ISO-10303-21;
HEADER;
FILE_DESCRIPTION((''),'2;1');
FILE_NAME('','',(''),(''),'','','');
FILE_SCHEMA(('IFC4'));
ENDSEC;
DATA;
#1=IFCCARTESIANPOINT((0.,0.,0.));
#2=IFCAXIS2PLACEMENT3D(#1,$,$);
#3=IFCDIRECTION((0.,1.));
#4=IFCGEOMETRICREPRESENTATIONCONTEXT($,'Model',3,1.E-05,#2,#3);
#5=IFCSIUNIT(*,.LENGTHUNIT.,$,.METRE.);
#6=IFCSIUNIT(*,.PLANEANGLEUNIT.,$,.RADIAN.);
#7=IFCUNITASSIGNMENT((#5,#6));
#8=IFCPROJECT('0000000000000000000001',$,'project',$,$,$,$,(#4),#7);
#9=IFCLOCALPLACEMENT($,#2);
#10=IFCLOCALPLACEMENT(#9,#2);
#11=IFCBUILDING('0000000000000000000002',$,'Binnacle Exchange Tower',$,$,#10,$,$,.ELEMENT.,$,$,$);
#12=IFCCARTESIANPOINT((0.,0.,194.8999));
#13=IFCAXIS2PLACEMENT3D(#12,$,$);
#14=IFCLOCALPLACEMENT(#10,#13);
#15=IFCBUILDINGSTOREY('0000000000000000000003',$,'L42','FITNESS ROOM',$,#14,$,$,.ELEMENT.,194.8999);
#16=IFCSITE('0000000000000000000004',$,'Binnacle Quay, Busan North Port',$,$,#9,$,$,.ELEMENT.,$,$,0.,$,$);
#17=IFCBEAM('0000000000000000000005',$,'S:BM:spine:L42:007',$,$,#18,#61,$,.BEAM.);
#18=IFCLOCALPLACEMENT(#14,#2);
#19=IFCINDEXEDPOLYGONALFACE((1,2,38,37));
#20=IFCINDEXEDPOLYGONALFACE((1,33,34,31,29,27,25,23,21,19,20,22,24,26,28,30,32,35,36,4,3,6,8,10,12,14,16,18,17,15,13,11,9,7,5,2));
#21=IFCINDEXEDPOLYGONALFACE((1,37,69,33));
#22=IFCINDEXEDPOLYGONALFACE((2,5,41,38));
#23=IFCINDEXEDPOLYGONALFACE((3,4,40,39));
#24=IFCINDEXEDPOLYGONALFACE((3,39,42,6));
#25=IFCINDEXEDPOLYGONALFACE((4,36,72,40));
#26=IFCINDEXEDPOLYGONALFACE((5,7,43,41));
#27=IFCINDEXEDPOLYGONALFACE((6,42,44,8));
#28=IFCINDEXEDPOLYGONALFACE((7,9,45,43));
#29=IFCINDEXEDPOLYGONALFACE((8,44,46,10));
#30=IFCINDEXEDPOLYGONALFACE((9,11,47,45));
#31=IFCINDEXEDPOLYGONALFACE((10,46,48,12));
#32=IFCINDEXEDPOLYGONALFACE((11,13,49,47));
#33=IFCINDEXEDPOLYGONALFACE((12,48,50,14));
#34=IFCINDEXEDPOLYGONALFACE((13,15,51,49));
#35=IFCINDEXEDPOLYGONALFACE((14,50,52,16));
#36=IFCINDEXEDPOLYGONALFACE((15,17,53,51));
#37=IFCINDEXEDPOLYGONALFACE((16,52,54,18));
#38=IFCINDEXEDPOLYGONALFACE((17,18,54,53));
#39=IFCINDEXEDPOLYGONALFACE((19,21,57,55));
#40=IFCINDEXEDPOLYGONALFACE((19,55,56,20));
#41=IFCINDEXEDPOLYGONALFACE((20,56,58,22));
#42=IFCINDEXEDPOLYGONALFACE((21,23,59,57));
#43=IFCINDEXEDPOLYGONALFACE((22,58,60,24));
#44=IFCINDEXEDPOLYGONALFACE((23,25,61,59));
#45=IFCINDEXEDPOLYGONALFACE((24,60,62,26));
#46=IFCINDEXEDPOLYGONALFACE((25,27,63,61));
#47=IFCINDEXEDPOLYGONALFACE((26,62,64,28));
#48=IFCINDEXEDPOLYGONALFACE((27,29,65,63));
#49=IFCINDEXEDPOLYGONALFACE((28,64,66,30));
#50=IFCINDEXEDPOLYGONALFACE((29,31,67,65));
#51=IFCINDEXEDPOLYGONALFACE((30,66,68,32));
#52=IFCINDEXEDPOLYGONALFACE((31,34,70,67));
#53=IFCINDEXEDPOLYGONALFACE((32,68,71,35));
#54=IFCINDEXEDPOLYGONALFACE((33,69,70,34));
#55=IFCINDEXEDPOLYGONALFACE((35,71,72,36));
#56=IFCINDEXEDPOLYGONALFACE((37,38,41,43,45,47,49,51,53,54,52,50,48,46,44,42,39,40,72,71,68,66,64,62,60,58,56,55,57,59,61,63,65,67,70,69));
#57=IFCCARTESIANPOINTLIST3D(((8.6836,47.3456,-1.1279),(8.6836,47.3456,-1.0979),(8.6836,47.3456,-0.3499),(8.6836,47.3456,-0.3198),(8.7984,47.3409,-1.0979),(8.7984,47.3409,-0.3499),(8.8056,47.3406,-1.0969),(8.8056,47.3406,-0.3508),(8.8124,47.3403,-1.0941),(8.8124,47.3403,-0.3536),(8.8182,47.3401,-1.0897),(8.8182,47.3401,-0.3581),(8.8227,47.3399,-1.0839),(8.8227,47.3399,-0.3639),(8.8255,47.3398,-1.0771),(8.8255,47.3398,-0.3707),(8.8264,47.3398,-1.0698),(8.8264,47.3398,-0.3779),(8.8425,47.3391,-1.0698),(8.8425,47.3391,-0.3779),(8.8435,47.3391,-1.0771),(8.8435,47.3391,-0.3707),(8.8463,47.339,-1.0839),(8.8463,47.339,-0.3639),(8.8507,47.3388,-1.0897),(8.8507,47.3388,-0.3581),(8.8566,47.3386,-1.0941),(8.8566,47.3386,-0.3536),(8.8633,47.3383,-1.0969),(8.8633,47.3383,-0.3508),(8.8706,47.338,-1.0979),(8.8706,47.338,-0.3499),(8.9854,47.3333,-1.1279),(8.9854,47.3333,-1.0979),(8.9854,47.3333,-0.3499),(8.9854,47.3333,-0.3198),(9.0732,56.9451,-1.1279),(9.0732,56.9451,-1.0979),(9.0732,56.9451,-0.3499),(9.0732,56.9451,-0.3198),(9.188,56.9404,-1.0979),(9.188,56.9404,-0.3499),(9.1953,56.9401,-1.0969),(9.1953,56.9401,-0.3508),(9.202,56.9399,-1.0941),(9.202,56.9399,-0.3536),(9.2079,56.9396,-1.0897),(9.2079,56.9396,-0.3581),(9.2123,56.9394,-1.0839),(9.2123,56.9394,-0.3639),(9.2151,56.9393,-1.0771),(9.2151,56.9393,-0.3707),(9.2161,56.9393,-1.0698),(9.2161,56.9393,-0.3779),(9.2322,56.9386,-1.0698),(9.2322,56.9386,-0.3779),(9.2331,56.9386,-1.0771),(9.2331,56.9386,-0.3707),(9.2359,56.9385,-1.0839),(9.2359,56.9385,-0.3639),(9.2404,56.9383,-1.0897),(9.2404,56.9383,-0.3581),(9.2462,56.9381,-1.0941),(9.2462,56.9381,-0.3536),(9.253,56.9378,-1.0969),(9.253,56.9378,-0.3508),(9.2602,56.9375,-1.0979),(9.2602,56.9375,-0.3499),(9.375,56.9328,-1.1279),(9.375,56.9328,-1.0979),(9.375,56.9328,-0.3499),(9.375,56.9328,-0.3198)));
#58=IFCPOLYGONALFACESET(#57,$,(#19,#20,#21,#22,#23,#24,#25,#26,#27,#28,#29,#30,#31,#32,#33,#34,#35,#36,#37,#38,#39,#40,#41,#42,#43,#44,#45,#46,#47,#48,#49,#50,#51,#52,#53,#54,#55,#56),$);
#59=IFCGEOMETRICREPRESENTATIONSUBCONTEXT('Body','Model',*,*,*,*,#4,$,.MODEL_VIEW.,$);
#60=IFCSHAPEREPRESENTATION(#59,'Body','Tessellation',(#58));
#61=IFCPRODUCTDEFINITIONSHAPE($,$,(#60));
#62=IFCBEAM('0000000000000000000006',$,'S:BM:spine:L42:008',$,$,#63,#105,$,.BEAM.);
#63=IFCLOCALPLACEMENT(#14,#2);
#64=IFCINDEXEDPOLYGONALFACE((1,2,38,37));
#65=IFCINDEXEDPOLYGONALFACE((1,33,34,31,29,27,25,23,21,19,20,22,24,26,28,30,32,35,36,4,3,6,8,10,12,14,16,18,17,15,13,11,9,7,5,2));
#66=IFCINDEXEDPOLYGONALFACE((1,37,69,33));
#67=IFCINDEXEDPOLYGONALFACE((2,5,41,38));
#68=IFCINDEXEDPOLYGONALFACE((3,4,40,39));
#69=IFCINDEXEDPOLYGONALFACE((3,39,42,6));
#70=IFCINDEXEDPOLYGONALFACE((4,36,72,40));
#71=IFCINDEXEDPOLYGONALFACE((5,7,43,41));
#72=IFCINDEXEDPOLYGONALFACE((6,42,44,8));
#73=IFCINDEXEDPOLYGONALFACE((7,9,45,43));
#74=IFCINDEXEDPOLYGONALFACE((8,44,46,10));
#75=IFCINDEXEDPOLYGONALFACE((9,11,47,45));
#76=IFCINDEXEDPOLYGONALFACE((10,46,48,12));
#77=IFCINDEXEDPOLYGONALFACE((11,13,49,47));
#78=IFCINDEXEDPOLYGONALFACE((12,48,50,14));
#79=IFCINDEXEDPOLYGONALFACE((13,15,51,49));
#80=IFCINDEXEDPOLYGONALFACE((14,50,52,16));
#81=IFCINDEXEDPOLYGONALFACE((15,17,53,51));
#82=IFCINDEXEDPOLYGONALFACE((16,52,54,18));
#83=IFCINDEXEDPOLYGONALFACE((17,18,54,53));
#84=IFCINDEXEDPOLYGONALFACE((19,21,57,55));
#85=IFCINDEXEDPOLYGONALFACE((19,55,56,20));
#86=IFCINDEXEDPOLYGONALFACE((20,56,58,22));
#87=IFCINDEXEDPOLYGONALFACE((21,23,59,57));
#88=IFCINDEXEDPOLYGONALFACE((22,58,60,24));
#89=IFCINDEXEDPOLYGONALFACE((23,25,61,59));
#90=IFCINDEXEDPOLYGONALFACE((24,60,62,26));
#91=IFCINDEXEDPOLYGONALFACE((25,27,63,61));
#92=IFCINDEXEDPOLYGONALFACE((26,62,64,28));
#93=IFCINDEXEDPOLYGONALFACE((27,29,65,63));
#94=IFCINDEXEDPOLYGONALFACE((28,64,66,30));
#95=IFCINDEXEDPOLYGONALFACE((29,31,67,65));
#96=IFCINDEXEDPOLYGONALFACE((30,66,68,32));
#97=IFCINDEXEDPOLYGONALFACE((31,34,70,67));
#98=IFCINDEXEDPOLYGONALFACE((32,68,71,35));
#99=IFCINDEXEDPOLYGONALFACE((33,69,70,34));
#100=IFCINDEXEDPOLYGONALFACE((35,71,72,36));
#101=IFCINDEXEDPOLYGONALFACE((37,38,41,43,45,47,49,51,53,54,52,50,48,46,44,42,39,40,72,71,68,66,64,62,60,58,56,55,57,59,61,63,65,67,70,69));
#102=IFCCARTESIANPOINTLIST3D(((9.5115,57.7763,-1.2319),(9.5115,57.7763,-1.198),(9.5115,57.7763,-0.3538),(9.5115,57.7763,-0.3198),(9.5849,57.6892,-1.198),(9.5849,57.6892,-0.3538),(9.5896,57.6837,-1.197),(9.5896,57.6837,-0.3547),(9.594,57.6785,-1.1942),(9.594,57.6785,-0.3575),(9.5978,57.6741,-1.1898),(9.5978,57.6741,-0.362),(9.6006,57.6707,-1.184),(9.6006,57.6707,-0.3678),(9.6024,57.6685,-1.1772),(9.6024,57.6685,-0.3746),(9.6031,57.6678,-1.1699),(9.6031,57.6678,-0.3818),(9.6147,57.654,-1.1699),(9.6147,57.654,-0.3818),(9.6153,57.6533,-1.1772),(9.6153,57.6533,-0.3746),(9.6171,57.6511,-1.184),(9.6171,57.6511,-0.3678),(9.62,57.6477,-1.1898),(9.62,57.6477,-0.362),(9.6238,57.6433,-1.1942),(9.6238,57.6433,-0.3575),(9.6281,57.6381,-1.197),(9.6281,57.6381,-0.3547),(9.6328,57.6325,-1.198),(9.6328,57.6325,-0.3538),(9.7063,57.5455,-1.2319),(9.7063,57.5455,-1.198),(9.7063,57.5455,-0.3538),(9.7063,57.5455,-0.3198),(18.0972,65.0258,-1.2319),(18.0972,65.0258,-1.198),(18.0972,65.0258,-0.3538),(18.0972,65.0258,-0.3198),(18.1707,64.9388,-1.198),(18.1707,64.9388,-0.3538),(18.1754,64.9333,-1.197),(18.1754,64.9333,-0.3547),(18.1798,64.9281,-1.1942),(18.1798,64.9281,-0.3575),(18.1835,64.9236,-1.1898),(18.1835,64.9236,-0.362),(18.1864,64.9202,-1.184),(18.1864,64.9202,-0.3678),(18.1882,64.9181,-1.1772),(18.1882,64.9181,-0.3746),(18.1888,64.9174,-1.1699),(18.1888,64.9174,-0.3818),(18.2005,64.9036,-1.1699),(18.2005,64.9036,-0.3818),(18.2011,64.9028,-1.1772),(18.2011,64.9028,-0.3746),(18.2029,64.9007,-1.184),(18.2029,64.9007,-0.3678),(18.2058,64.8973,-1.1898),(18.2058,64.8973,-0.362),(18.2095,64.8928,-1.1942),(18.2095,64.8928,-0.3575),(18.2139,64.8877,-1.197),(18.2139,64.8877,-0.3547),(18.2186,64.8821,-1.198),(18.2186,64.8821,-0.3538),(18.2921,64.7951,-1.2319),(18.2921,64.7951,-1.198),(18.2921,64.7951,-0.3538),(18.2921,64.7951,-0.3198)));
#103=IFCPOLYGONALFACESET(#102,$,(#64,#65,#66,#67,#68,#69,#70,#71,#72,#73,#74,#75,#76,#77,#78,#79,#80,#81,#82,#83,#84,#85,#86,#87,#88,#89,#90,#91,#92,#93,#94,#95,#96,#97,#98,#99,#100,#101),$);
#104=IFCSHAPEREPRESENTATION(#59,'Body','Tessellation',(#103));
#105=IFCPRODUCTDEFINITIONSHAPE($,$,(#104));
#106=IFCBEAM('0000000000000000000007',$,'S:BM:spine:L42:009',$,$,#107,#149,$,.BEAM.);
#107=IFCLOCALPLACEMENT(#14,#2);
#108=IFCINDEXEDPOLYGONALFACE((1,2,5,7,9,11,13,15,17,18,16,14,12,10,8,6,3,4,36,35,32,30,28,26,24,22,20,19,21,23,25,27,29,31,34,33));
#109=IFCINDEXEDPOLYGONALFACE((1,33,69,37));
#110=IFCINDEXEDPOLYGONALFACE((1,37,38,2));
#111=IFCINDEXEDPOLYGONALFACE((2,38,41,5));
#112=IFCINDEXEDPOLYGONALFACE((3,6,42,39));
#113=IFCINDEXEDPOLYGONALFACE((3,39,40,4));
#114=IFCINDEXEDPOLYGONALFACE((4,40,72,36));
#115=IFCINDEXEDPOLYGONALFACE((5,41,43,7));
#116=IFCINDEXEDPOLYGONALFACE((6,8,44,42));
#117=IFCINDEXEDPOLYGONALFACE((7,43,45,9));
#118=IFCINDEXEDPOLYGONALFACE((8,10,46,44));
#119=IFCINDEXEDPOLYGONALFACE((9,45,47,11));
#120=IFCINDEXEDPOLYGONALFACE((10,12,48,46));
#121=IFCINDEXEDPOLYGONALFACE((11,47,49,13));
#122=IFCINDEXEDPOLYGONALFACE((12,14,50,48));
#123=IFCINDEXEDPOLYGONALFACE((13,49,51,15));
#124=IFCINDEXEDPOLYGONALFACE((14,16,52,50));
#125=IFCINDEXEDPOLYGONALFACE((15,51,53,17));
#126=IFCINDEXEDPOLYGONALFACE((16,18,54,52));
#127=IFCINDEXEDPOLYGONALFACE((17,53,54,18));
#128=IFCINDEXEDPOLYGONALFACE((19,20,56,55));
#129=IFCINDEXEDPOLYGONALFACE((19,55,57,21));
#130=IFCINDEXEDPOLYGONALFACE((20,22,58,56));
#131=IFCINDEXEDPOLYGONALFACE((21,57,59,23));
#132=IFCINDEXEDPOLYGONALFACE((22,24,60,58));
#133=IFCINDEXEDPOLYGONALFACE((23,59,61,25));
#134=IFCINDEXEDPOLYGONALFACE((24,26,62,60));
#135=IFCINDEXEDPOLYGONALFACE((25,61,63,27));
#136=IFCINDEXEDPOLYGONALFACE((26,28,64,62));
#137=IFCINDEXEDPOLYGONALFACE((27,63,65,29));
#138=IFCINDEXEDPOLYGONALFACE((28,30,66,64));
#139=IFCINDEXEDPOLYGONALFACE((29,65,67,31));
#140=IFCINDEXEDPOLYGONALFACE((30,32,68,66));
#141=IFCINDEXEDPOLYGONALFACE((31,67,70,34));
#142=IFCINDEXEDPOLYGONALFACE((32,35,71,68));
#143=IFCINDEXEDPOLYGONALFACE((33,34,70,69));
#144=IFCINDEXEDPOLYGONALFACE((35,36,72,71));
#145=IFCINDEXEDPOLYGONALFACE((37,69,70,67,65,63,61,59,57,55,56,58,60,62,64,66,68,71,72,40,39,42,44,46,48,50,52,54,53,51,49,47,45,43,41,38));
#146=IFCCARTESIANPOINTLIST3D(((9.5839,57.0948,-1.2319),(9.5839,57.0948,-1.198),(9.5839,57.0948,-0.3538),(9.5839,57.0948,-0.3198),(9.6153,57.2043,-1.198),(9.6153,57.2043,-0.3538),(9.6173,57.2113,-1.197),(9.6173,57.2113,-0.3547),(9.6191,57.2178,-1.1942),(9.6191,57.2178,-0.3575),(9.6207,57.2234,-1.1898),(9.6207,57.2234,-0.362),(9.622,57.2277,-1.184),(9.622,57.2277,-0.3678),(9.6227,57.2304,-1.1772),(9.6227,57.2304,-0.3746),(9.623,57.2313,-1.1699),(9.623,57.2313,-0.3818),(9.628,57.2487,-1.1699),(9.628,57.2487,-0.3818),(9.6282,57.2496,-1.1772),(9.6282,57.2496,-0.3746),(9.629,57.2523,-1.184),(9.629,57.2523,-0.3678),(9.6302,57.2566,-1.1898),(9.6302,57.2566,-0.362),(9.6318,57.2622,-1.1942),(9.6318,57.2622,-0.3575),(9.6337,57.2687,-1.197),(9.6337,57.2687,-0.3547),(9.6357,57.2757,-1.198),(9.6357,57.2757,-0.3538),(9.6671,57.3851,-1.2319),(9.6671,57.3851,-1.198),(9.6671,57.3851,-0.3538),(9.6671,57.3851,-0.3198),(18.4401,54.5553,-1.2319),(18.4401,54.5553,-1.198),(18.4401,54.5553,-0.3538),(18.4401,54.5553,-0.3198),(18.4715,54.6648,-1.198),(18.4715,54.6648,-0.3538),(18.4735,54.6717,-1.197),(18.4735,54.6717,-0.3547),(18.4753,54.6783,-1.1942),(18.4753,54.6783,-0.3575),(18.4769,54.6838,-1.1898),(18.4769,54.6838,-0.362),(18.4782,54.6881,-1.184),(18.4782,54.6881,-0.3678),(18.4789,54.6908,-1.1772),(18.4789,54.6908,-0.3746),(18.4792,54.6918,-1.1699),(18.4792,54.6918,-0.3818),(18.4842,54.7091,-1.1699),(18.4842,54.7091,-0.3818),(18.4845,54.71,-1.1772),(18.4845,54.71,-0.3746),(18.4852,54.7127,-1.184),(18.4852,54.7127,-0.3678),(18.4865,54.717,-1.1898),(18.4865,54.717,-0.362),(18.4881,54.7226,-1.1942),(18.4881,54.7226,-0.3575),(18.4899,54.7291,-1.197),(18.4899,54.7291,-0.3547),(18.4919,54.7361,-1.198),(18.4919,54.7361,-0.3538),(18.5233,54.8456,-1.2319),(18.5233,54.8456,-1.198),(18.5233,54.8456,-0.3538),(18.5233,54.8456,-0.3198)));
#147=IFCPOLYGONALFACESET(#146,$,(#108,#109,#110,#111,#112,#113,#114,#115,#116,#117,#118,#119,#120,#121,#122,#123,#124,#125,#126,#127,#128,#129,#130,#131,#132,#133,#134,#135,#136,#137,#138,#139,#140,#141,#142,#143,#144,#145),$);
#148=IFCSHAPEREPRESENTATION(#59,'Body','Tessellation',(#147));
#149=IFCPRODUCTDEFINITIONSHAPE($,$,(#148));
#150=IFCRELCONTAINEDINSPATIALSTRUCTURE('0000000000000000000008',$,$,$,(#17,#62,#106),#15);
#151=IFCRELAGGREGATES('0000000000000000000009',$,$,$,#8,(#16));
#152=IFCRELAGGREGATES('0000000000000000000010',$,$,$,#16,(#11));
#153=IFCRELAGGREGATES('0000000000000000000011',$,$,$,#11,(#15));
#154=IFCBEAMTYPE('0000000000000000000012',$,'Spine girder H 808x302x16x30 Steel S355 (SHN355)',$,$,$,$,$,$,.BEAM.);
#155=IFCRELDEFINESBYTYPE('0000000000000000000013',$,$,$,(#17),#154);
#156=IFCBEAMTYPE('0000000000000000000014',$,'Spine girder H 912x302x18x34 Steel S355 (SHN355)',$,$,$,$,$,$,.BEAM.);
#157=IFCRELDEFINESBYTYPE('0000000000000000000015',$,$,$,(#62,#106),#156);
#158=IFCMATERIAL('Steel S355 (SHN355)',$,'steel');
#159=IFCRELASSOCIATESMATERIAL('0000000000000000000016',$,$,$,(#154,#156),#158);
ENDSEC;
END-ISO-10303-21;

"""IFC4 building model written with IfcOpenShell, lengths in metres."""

from ifc_helpers import new_model, si_unit, direction, frame, origin, origin_2d, place, context, subcontext, project, spatial, i_section, extrude, material, material_profile, profile_set, type_object, element, save


model = new_model("IFC4")

# Units and contexts
model_context = context("Model", 3, precision=1e-05, world=origin(), true_north=direction((0.0, 1.0)))
body_context = subcontext(model_context, "Body", "Model", "MODEL_VIEW")
ifc_project = project(units=[si_unit("LENGTHUNIT", "METRE"), si_unit("PLANEANGLEUNIT", "RADIAN")], contexts=[model_context])

# Site, building, storey
site_placement = place(None, origin())
site = spatial("IfcSite", under=ifc_project, at=site_placement, Name="Binnacle Quay, Busan North Port", CompositionType="ELEMENT", RefElevation=0.0)
building_placement = place(site_placement, origin())
building = spatial("IfcBuilding", under=site, at=building_placement, Name="Binnacle Exchange Tower", CompositionType="ELEMENT")
storey_placement = place(building_placement, frame((0.0, 0.0, 194.8999)))
storey = spatial("IfcBuildingStorey", under=building, at=storey_placement, Name="L42", Description="FITNESS ROOM", CompositionType="ELEMENT", Elevation=194.8999)

# Beams
ifc_material_1 = material(Name="Steel S355 (SHN355)", Category="steel")
ifc_material_profile_1 = material_profile(ifc_material_1, i_section(OverallWidth=0.302, OverallDepth=0.8081, WebThickness=0.0161, FlangeThickness=0.03, FilletRadius=0.0281, at=origin_2d()), Name="H 808x302x16x30")
ifc_profile_set_1 = profile_set([ifc_material_profile_1], Name="Steel S355 (SHN355)")
beam_type_1 = type_object("IfcBeamType", Name="Spine girder H 808x302x16x30 Steel S355 (SHN355)", PredefinedType="BEAM", material=ifc_profile_set_1)
beam_1_placement = place(storey_placement, frame((9.2241, 56.939, -0.7239), z_axis=(-0.040557, -0.999177, 0.0), x_axis=(0.999177, -0.040557, 0.0)))
element("IfcBeam", 1, at=beam_1_placement, inside=storey, type_object=beam_type_1, Name="S:BM:spine:L42:007", PredefinedType="BEAM", context=body_context, shape_type="SweptSolid", body=[
    extrude(i_section(OverallWidth=0.302, OverallDepth=0.8081, WebThickness=0.0161, FlangeThickness=0.03, FilletRadius=0.0281, at=origin_2d()), origin(), (0.0, 0.0, 1.0), 9.6074),
])
ifc_material_profile_2 = material_profile(ifc_material_1, i_section(OverallWidth=0.302, OverallDepth=0.9121, WebThickness=0.0181, FlangeThickness=0.0339, FilletRadius=0.0281, at=origin_2d()), Name="H 912x302x18x34")
ifc_profile_set_2 = profile_set([ifc_material_profile_2], Name="Steel S355 (SHN355)")
beam_type_2 = type_object("IfcBeamType", Name="Spine girder H 912x302x18x34 Steel S355 (SHN355)", PredefinedType="BEAM", material=ifc_profile_set_2)
beam_2_placement = place(storey_placement, frame((9.6089, 57.6609, -0.7759), z_axis=(0.764058, 0.645148, 0.0), x_axis=(-0.645148, 0.764058, 0.0)))
element("IfcBeam", 2, at=beam_2_placement, inside=storey, type_object=beam_type_2, Name="S:BM:spine:L42:008", PredefinedType="BEAM", context=body_context, shape_type="SweptSolid", body=[
    extrude(i_section(OverallWidth=0.302, OverallDepth=0.9121, WebThickness=0.0181, FlangeThickness=0.0339, FilletRadius=0.0281, at=origin_2d()), origin(), (0.0, 0.0, 1.0), 11.2371),
])
beam_3_placement = place(storey_placement, frame((9.6255, 57.24, -0.7759), z_axis=(0.96126, -0.275645, 0.0), x_axis=(0.275645, 0.96126, 0.0)))
element("IfcBeam", 3, at=beam_3_placement, inside=storey, type_object=beam_type_2, Name="S:BM:spine:L42:009", PredefinedType="BEAM", context=body_context, shape_type="SweptSolid", body=[
    extrude(i_section(OverallWidth=0.302, OverallDepth=0.9121, WebThickness=0.0181, FlangeThickness=0.0339, FilletRadius=0.0281, at=origin_2d()), origin(), (0.0, 0.0, 1.0), 9.2131),
])

save(model, "model.ifc")
